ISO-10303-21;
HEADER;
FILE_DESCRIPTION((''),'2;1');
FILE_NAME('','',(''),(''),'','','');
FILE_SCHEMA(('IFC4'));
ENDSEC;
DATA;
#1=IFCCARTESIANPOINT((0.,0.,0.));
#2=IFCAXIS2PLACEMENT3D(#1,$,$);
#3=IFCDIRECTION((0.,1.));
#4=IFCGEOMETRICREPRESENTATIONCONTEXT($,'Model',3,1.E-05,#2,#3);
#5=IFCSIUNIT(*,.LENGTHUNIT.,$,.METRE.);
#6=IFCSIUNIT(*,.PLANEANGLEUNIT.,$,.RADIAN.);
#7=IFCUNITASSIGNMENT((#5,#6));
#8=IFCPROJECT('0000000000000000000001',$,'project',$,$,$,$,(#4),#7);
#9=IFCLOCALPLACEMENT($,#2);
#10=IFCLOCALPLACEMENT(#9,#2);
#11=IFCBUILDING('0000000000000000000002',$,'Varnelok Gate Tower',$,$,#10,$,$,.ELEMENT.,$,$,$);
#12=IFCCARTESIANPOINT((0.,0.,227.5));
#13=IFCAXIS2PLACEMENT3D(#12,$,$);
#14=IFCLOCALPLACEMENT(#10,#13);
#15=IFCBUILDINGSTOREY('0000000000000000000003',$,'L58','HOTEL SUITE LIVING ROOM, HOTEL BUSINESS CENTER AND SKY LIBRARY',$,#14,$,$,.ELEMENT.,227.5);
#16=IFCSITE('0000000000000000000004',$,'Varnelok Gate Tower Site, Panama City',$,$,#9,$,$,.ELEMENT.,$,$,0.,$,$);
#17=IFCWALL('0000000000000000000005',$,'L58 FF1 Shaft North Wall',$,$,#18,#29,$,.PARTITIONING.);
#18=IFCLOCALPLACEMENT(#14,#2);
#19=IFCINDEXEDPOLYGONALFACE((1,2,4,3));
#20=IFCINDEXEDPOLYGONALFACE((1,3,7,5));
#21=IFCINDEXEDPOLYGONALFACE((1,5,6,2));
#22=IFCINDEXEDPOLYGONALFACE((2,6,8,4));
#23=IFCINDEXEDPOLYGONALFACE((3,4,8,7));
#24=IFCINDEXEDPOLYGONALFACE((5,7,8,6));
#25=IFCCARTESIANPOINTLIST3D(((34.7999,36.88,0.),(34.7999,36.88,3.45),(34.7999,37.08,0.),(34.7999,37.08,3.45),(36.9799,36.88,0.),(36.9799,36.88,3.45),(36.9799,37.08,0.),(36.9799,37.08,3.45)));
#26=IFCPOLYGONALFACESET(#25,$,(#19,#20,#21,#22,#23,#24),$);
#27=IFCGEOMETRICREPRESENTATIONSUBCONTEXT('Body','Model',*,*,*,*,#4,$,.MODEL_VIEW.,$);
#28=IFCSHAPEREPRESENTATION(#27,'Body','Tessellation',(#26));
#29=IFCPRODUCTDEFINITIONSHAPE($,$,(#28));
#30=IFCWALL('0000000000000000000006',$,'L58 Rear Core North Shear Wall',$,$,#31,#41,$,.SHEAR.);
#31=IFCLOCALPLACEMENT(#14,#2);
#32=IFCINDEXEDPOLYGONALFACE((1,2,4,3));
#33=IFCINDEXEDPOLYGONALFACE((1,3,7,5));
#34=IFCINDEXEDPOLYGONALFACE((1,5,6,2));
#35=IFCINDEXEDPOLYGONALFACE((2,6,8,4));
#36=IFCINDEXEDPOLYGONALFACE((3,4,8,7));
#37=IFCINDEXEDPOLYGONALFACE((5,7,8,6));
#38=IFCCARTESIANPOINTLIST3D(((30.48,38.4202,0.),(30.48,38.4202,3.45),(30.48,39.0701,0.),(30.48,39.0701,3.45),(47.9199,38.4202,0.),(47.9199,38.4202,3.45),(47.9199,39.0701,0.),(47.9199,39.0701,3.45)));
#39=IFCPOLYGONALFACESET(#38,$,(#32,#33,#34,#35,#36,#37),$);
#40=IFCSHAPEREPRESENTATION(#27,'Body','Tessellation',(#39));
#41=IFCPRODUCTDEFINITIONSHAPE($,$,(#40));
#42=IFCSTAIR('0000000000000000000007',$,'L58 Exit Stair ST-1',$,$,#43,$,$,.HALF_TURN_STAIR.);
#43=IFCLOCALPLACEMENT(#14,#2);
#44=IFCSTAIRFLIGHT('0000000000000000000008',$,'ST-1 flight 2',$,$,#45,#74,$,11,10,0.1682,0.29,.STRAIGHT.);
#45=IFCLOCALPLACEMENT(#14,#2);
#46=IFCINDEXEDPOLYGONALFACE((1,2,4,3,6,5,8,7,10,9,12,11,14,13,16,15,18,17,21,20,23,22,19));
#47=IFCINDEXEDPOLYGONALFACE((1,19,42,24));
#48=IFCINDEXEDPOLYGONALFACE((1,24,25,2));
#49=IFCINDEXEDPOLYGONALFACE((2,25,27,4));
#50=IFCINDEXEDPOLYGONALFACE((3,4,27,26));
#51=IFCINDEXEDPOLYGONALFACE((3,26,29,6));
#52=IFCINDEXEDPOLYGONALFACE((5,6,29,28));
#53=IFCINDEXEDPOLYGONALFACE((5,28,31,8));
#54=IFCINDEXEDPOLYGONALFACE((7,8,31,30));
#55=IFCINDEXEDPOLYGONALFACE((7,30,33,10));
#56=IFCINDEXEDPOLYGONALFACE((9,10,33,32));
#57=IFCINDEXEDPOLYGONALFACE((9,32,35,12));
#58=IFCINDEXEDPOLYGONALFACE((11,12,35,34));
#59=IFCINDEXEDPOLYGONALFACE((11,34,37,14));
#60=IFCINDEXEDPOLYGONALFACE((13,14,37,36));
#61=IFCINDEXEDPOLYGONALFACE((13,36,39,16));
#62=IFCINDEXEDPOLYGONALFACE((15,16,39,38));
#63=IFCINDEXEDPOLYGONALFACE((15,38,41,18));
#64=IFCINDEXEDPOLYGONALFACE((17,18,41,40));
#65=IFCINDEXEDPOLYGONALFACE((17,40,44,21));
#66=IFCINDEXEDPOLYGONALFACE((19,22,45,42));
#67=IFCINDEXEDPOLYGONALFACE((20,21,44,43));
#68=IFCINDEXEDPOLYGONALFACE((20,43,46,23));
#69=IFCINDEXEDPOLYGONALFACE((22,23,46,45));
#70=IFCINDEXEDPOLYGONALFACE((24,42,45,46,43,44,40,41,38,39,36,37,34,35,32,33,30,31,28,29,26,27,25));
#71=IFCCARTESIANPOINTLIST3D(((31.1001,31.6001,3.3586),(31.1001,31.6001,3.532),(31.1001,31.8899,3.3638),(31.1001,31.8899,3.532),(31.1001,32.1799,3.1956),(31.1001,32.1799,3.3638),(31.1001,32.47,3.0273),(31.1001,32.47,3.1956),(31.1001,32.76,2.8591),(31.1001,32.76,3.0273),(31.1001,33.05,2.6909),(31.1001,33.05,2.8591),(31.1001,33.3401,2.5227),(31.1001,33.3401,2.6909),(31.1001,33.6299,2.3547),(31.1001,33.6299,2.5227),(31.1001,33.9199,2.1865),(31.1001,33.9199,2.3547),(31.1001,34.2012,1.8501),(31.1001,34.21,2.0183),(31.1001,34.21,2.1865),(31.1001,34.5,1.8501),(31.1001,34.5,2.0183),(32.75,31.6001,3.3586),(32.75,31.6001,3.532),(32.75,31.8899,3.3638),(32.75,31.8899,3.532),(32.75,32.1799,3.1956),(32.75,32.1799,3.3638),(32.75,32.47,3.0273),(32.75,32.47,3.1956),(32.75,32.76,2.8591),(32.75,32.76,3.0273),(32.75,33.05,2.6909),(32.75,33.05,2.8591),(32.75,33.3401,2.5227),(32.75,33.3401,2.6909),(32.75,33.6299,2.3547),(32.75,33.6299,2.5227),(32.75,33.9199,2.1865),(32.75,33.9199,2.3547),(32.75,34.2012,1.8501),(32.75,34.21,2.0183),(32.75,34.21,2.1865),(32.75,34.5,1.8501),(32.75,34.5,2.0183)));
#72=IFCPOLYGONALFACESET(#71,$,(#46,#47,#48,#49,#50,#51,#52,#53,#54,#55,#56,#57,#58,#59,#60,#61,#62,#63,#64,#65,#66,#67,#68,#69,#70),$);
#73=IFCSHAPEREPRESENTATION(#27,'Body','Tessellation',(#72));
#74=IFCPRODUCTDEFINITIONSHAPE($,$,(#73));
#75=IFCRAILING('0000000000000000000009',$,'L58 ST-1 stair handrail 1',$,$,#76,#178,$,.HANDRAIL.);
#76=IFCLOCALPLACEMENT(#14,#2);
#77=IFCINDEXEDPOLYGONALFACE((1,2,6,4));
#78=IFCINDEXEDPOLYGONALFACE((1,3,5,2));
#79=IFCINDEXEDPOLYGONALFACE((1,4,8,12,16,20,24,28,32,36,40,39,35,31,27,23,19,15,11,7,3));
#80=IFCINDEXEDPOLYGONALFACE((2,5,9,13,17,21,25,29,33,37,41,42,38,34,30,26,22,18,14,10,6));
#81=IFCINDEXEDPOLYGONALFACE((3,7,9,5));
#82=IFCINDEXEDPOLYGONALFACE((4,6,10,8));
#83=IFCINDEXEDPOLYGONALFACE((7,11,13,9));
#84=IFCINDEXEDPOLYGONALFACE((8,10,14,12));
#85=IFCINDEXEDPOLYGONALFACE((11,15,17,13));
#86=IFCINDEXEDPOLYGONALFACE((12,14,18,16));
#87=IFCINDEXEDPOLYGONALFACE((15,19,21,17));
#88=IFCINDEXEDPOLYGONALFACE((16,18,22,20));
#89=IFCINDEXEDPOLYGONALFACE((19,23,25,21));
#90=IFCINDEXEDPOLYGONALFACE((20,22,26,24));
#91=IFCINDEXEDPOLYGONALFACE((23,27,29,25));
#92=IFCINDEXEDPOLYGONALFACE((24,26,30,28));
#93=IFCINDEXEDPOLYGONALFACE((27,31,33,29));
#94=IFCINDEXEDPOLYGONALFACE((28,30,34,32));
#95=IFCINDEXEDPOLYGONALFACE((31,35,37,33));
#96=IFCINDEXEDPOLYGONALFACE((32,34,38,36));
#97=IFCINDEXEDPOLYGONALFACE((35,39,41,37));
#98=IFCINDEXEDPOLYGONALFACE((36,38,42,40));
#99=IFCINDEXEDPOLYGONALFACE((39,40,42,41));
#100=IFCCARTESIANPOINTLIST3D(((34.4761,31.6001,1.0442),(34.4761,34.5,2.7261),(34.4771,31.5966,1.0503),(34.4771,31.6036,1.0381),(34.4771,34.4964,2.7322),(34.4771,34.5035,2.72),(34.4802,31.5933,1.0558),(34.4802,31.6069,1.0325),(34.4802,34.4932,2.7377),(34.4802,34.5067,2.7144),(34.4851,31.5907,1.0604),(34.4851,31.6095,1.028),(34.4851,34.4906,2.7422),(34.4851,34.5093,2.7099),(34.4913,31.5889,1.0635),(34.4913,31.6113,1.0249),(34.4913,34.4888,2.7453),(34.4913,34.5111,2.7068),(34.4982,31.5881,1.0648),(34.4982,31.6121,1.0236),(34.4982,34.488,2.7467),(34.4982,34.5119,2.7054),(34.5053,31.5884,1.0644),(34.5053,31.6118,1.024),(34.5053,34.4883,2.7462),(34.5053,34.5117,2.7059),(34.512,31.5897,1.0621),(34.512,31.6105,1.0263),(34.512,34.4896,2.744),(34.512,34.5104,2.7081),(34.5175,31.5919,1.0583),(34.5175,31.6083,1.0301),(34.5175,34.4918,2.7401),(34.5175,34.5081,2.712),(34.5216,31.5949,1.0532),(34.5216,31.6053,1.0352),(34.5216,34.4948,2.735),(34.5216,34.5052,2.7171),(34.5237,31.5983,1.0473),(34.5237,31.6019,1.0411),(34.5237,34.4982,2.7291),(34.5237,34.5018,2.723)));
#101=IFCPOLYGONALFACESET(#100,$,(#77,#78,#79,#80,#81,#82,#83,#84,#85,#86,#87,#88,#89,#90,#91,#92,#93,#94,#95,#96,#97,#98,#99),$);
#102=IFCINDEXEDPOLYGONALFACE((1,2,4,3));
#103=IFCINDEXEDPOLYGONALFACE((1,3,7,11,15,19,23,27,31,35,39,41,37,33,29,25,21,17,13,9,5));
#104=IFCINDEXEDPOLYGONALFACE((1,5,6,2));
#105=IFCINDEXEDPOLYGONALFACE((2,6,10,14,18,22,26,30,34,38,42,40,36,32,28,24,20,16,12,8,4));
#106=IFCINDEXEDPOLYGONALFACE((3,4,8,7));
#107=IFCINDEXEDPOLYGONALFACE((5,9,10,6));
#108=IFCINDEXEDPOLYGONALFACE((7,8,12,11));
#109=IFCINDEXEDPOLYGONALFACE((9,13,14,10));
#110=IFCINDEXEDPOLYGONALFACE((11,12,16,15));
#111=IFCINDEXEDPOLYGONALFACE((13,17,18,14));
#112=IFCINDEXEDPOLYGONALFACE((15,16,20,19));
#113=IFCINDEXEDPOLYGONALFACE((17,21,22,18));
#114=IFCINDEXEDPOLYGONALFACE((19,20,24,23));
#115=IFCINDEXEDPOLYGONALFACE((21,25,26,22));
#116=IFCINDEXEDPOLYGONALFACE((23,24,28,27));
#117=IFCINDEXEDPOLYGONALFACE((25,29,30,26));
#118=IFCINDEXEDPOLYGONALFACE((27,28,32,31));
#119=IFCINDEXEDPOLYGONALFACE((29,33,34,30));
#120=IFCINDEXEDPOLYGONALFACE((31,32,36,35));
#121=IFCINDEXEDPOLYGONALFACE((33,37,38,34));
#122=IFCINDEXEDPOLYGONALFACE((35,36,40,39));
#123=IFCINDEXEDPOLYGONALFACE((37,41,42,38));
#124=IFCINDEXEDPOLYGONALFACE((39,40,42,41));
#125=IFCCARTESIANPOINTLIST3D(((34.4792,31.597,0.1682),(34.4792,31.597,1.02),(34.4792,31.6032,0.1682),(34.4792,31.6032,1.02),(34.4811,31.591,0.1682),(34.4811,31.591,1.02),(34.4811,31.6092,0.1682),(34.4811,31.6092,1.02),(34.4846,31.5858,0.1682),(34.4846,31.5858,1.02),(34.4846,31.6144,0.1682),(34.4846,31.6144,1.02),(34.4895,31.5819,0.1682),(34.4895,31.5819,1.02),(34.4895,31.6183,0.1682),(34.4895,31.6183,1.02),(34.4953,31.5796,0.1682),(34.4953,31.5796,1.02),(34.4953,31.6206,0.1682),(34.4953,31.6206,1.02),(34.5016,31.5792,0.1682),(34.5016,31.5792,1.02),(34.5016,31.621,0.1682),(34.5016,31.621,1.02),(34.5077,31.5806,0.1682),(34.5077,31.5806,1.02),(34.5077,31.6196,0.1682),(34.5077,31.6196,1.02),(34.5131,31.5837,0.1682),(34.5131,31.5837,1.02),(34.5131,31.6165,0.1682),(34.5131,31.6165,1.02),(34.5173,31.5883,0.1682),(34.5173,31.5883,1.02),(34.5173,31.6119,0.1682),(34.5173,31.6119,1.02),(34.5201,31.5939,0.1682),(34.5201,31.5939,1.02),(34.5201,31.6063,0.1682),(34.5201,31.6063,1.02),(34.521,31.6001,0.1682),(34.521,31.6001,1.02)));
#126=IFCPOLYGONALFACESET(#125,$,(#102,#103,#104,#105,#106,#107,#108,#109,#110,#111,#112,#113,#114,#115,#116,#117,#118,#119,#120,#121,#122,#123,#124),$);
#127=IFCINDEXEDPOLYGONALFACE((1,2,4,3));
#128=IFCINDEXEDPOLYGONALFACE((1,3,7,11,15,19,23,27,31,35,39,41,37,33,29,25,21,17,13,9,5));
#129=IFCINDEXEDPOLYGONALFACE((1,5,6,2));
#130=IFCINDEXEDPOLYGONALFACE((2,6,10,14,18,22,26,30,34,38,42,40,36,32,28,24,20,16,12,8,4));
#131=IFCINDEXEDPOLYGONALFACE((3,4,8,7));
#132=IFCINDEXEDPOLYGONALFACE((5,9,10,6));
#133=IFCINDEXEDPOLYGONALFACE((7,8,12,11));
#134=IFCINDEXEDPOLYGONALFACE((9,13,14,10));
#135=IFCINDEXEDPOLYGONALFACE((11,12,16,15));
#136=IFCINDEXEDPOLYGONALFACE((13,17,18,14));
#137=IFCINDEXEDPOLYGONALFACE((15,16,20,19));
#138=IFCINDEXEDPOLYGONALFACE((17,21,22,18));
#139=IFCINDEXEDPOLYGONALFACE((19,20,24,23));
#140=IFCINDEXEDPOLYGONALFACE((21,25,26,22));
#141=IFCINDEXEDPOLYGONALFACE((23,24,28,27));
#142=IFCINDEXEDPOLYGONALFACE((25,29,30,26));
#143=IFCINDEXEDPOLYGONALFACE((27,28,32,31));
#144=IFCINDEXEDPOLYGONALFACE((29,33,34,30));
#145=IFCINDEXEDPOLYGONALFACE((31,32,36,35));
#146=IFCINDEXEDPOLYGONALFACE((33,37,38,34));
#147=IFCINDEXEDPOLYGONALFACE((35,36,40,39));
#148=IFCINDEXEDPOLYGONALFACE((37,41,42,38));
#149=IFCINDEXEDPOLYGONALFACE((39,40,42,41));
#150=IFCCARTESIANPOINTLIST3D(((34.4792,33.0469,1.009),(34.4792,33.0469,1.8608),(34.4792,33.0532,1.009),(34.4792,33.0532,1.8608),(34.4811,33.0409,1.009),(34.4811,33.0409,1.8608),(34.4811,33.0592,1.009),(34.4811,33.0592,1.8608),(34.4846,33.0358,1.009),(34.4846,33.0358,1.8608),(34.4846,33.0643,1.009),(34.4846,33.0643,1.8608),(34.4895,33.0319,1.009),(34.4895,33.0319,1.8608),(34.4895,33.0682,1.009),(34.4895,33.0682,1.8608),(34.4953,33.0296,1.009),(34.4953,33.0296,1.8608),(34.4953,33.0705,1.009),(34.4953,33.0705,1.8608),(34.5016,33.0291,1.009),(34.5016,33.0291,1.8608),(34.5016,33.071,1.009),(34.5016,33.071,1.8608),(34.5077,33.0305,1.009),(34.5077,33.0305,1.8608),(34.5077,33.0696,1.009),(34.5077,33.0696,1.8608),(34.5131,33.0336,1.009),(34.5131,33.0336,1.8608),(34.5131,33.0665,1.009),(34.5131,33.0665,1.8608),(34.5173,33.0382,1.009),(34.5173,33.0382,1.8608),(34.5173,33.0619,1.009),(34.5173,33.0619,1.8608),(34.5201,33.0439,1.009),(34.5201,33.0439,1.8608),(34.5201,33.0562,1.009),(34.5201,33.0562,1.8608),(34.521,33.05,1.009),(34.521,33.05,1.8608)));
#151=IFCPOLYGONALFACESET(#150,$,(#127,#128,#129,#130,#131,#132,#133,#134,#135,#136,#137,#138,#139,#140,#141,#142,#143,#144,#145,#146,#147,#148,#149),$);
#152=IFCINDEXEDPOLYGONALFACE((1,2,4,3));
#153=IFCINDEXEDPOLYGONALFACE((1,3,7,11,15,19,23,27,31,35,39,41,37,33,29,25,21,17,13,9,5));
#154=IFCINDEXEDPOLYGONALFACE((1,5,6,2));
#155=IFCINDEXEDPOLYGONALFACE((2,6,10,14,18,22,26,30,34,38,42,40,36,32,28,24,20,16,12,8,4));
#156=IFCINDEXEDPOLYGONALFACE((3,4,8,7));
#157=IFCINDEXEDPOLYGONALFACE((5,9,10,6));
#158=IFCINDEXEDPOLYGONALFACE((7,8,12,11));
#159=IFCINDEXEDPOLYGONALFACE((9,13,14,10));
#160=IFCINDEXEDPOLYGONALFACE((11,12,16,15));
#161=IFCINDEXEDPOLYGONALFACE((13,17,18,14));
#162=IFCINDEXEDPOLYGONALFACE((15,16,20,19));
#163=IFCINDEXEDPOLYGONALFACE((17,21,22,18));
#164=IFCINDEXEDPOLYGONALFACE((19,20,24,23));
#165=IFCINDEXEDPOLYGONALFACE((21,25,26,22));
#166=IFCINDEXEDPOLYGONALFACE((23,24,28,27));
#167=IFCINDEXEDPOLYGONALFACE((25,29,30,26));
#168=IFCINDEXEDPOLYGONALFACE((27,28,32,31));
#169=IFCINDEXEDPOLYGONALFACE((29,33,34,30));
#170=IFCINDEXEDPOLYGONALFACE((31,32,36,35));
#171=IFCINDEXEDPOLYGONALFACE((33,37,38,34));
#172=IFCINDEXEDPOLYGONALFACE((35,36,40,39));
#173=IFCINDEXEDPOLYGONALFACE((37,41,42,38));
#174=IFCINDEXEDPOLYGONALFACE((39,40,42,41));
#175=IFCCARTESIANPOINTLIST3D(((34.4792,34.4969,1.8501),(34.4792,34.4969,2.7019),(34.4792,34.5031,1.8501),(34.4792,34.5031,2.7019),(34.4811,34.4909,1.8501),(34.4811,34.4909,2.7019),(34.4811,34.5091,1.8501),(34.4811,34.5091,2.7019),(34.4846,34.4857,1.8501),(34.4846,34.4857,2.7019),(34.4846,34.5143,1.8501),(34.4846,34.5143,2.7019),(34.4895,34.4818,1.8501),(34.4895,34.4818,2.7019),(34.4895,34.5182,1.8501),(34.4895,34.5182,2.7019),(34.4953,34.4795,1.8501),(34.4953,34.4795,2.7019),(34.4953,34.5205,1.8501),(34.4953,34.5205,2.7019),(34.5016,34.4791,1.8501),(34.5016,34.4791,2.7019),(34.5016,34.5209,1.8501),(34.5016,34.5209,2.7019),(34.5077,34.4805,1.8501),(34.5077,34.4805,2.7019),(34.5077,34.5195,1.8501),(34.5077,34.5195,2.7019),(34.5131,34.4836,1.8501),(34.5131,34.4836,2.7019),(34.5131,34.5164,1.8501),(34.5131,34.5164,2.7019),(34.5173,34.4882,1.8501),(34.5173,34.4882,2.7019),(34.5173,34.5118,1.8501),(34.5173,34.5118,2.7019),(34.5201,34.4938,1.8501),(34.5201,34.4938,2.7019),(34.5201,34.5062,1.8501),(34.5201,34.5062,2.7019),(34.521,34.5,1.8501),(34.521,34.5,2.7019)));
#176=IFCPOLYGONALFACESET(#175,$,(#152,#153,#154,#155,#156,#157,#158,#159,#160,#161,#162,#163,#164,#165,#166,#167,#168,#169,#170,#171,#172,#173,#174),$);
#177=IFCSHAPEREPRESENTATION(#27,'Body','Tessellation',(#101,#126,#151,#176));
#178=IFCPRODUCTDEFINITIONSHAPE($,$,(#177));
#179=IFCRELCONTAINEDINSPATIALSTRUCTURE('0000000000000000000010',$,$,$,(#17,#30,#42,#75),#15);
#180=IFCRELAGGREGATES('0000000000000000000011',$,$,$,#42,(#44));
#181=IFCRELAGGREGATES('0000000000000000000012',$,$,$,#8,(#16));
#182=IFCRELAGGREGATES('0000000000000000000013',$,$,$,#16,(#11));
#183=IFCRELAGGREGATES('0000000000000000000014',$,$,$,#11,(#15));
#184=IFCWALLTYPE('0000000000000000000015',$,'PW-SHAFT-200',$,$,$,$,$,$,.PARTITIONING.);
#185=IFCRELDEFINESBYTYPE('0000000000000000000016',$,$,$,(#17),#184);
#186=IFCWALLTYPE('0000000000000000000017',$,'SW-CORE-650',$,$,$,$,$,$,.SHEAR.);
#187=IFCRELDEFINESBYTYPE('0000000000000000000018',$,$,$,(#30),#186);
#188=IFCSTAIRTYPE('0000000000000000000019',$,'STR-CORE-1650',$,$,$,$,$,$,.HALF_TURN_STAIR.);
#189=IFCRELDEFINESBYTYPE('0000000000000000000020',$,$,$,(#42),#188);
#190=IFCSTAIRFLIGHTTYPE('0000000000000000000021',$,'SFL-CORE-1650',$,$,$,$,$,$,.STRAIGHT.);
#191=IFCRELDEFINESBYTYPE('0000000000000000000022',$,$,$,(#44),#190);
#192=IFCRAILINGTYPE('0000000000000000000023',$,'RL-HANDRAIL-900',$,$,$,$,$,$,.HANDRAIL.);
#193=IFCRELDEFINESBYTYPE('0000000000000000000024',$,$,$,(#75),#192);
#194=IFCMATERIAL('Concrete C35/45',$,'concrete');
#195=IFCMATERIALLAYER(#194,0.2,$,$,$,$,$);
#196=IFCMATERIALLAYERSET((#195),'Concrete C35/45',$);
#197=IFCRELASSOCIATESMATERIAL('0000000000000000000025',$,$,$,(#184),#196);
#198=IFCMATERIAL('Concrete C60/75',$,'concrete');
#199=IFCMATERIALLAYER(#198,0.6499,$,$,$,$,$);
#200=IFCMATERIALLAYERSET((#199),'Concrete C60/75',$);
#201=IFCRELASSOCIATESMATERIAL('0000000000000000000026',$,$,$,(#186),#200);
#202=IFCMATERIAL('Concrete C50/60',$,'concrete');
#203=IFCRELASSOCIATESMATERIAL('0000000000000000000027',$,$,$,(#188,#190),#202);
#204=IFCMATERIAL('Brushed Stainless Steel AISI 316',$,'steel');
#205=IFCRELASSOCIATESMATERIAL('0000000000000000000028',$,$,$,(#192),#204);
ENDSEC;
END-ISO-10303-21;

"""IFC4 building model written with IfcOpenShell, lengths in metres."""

from ifc_helpers import new_model, si_unit, direction, frame, frame_2d, origin, origin_2d, place, context, subcontext, project, spatial, polyline, rectangle, circle, outline, extrude, material, layer, layer_set, type_object, element, aggregate, save


model = new_model("IFC4")

# Units and contexts
model_context = context("Model", 3, precision=1e-05, world=origin(), true_north=direction((0.0, 1.0)))
body_context = subcontext(model_context, "Body", "Model", "MODEL_VIEW")
ifc_project = project(units=[si_unit("LENGTHUNIT", "METRE"), si_unit("PLANEANGLEUNIT", "RADIAN")], contexts=[model_context])

# Site, building, storey
site_placement = place(None, origin())
site = spatial("IfcSite", under=ifc_project, at=site_placement, Name="Varnelok Gate Tower Site, Panama City", CompositionType="ELEMENT", RefElevation=0.0)
building_placement = place(site_placement, origin())
building = spatial("IfcBuilding", under=site, at=building_placement, Name="Varnelok Gate Tower", CompositionType="ELEMENT")
storey_placement = place(building_placement, frame((0.0, 0.0, 227.5)))
storey = spatial("IfcBuildingStorey", under=building, at=storey_placement, Name="L58", Description="HOTEL SUITE LIVING ROOM, HOTEL BUSINESS CENTER AND SKY LIBRARY", CompositionType="ELEMENT", Elevation=227.5)

# Shared definitions
ifc_material_1 = material(Name="Concrete C60/75", Category="concrete")

# Shared definitions
ifc_material_2 = material(Name="Concrete C35/45", Category="concrete")
ifc_layer_1 = layer(ifc_material_2, 0.2)
ifc_layer_set_1 = layer_set([ifc_layer_1], Name="Concrete C35/45")
wall_type_1 = type_object("IfcWallType", Name="PW-SHAFT-200", PredefinedType="PARTITIONING", material=ifc_layer_set_1)

# Walls
wall_1_placement = place(storey_placement, frame((34.8, 36.98, 0.0), z_axis=(0.0, 0.0, 1.0), x_axis=(1.0, 0.0, 0.0)))
element("IfcWall", 1, at=wall_1_placement, inside=storey, type_object=wall_type_1, Name="L58 FF1 Shaft North Wall", PredefinedType="PARTITIONING", context=body_context, shape_type="SweptSolid", body=[
    extrude(rectangle(XDim=2.1799, YDim=0.2, at=frame_2d((1.0898, 0.0))), origin(), (0.0, 0.0, 1.0), 3.45),
])
ifc_layer_2 = layer(ifc_material_1, 0.6499)
ifc_layer_set_2 = layer_set([ifc_layer_2], Name="Concrete C60/75")
wall_type_2 = type_object("IfcWallType", Name="SW-CORE-650", PredefinedType="SHEAR", material=ifc_layer_set_2)
wall_2_placement = place(storey_placement, frame((30.48, 38.7451, 0.0), z_axis=(0.0, 0.0, 1.0), x_axis=(1.0, 0.0, 0.0)))
element("IfcWall", 2, at=wall_2_placement, inside=storey, type_object=wall_type_2, Name="L58 Rear Core North Shear Wall", PredefinedType="SHEAR", context=body_context, shape_type="SweptSolid", body=[
    extrude(rectangle(XDim=17.4399, YDim=0.6499, at=frame_2d((8.72, 0.0))), origin(), (0.0, 0.0, 1.0), 3.45),
])

# Stair, stair flight
ifc_material_3 = material(Name="Concrete C50/60", Category="concrete")
stair_type = type_object("IfcStairType", Name="STR-CORE-1650", PredefinedType="HALF_TURN_STAIR", material=ifc_material_3)
stair_placement = place(storey_placement, origin())
stair = element("IfcStair", 3, at=stair_placement, inside=storey, type_object=stair_type, Name="L58 Exit Stair ST-1", PredefinedType="HALF_TURN_STAIR")
stair_flight_type = type_object("IfcStairFlightType", Name="SFL-CORE-1650", PredefinedType="STRAIGHT", material=ifc_material_3)
stair_flight_placement = place(storey_placement, frame((31.925, 34.5, 1.8501), z_axis=(0.0, 0.0, 1.0), x_axis=(0.0, -1.0, 0.0)))
stair_flight = element("IfcStairFlight", 4, at=stair_flight_placement, type_object=stair_flight_type, Name="ST-1 flight 2", NumberOfRisers=11, NumberOfTreads=10, PredefinedType="STRAIGHT", RiserHeight=0.1682, TreadLength=0.29, context=body_context, shape_type="SweptSolid", body=[
    extrude(outline(polyline([(0.0, 0.0), (0.0, 0.1682), (0.29, 0.1682), (0.29, 0.3364), (0.5801, 0.3364), (0.5801, 0.5046), (0.8701, 0.5046), (0.8701, 0.6726), (1.1599, 0.6726), (1.1599, 0.8408), (1.45, 0.8408), (1.45, 1.009), (1.74, 1.009), (1.74, 1.1772), (2.03, 1.1772), (2.03, 1.3455), (2.3201, 1.3455), (2.3201, 1.5137), (2.6101, 1.5137), (2.6101, 1.6819), (2.8999, 1.6819), (2.8999, 1.8501), (2.8999, 1.5085), (0.2988, 0.0), (0.0, 0.0)])), frame((0.0, 0.825, 0.0), z_axis=(0.0, -1.0, 0.0), x_axis=(1.0, 0.0, 0.0)), (0.0, 0.0, 1.0), 1.6499),
])
aggregate(stair, [stair_flight])

# Railing
ifc_material_4 = material(Name="Brushed Stainless Steel AISI 316", Category="steel")
railing_type_1 = type_object("IfcRailingType", Name="RL-HANDRAIL-900", PredefinedType="HANDRAIL", material=ifc_material_4)
railing_1_placement = place(storey_placement, frame((34.5, 31.6001, 0.1682)))
element("IfcRailing", 5, at=railing_1_placement, inside=storey, type_object=railing_type_1, Name="L58 ST-1 stair handrail 1", PredefinedType="HANDRAIL", context=body_context, shape_type="SweptSolid", body=[
    extrude(circle(Radius=0.0239, at=origin_2d()), frame((0.0, 0.0, 0.876), z_axis=(0.0, 0.865039, 0.501705), x_axis=(-1.0, 0.0, 0.0)), (0.0, 0.0, 1.0), 3.3523),
    extrude(circle(Radius=0.021, at=origin_2d()), origin(), (0.0, 0.0, 1.0), 0.8518),
    extrude(circle(Radius=0.021, at=origin_2d()), frame((0.0, 1.45, 0.8408)), (0.0, 0.0, 1.0), 0.8518),
    extrude(circle(Radius=0.021, at=origin_2d()), frame((0.0, 2.8999, 1.6819)), (0.0, 0.0, 1.0), 0.8518),
])

save(model, "model.ifc")
